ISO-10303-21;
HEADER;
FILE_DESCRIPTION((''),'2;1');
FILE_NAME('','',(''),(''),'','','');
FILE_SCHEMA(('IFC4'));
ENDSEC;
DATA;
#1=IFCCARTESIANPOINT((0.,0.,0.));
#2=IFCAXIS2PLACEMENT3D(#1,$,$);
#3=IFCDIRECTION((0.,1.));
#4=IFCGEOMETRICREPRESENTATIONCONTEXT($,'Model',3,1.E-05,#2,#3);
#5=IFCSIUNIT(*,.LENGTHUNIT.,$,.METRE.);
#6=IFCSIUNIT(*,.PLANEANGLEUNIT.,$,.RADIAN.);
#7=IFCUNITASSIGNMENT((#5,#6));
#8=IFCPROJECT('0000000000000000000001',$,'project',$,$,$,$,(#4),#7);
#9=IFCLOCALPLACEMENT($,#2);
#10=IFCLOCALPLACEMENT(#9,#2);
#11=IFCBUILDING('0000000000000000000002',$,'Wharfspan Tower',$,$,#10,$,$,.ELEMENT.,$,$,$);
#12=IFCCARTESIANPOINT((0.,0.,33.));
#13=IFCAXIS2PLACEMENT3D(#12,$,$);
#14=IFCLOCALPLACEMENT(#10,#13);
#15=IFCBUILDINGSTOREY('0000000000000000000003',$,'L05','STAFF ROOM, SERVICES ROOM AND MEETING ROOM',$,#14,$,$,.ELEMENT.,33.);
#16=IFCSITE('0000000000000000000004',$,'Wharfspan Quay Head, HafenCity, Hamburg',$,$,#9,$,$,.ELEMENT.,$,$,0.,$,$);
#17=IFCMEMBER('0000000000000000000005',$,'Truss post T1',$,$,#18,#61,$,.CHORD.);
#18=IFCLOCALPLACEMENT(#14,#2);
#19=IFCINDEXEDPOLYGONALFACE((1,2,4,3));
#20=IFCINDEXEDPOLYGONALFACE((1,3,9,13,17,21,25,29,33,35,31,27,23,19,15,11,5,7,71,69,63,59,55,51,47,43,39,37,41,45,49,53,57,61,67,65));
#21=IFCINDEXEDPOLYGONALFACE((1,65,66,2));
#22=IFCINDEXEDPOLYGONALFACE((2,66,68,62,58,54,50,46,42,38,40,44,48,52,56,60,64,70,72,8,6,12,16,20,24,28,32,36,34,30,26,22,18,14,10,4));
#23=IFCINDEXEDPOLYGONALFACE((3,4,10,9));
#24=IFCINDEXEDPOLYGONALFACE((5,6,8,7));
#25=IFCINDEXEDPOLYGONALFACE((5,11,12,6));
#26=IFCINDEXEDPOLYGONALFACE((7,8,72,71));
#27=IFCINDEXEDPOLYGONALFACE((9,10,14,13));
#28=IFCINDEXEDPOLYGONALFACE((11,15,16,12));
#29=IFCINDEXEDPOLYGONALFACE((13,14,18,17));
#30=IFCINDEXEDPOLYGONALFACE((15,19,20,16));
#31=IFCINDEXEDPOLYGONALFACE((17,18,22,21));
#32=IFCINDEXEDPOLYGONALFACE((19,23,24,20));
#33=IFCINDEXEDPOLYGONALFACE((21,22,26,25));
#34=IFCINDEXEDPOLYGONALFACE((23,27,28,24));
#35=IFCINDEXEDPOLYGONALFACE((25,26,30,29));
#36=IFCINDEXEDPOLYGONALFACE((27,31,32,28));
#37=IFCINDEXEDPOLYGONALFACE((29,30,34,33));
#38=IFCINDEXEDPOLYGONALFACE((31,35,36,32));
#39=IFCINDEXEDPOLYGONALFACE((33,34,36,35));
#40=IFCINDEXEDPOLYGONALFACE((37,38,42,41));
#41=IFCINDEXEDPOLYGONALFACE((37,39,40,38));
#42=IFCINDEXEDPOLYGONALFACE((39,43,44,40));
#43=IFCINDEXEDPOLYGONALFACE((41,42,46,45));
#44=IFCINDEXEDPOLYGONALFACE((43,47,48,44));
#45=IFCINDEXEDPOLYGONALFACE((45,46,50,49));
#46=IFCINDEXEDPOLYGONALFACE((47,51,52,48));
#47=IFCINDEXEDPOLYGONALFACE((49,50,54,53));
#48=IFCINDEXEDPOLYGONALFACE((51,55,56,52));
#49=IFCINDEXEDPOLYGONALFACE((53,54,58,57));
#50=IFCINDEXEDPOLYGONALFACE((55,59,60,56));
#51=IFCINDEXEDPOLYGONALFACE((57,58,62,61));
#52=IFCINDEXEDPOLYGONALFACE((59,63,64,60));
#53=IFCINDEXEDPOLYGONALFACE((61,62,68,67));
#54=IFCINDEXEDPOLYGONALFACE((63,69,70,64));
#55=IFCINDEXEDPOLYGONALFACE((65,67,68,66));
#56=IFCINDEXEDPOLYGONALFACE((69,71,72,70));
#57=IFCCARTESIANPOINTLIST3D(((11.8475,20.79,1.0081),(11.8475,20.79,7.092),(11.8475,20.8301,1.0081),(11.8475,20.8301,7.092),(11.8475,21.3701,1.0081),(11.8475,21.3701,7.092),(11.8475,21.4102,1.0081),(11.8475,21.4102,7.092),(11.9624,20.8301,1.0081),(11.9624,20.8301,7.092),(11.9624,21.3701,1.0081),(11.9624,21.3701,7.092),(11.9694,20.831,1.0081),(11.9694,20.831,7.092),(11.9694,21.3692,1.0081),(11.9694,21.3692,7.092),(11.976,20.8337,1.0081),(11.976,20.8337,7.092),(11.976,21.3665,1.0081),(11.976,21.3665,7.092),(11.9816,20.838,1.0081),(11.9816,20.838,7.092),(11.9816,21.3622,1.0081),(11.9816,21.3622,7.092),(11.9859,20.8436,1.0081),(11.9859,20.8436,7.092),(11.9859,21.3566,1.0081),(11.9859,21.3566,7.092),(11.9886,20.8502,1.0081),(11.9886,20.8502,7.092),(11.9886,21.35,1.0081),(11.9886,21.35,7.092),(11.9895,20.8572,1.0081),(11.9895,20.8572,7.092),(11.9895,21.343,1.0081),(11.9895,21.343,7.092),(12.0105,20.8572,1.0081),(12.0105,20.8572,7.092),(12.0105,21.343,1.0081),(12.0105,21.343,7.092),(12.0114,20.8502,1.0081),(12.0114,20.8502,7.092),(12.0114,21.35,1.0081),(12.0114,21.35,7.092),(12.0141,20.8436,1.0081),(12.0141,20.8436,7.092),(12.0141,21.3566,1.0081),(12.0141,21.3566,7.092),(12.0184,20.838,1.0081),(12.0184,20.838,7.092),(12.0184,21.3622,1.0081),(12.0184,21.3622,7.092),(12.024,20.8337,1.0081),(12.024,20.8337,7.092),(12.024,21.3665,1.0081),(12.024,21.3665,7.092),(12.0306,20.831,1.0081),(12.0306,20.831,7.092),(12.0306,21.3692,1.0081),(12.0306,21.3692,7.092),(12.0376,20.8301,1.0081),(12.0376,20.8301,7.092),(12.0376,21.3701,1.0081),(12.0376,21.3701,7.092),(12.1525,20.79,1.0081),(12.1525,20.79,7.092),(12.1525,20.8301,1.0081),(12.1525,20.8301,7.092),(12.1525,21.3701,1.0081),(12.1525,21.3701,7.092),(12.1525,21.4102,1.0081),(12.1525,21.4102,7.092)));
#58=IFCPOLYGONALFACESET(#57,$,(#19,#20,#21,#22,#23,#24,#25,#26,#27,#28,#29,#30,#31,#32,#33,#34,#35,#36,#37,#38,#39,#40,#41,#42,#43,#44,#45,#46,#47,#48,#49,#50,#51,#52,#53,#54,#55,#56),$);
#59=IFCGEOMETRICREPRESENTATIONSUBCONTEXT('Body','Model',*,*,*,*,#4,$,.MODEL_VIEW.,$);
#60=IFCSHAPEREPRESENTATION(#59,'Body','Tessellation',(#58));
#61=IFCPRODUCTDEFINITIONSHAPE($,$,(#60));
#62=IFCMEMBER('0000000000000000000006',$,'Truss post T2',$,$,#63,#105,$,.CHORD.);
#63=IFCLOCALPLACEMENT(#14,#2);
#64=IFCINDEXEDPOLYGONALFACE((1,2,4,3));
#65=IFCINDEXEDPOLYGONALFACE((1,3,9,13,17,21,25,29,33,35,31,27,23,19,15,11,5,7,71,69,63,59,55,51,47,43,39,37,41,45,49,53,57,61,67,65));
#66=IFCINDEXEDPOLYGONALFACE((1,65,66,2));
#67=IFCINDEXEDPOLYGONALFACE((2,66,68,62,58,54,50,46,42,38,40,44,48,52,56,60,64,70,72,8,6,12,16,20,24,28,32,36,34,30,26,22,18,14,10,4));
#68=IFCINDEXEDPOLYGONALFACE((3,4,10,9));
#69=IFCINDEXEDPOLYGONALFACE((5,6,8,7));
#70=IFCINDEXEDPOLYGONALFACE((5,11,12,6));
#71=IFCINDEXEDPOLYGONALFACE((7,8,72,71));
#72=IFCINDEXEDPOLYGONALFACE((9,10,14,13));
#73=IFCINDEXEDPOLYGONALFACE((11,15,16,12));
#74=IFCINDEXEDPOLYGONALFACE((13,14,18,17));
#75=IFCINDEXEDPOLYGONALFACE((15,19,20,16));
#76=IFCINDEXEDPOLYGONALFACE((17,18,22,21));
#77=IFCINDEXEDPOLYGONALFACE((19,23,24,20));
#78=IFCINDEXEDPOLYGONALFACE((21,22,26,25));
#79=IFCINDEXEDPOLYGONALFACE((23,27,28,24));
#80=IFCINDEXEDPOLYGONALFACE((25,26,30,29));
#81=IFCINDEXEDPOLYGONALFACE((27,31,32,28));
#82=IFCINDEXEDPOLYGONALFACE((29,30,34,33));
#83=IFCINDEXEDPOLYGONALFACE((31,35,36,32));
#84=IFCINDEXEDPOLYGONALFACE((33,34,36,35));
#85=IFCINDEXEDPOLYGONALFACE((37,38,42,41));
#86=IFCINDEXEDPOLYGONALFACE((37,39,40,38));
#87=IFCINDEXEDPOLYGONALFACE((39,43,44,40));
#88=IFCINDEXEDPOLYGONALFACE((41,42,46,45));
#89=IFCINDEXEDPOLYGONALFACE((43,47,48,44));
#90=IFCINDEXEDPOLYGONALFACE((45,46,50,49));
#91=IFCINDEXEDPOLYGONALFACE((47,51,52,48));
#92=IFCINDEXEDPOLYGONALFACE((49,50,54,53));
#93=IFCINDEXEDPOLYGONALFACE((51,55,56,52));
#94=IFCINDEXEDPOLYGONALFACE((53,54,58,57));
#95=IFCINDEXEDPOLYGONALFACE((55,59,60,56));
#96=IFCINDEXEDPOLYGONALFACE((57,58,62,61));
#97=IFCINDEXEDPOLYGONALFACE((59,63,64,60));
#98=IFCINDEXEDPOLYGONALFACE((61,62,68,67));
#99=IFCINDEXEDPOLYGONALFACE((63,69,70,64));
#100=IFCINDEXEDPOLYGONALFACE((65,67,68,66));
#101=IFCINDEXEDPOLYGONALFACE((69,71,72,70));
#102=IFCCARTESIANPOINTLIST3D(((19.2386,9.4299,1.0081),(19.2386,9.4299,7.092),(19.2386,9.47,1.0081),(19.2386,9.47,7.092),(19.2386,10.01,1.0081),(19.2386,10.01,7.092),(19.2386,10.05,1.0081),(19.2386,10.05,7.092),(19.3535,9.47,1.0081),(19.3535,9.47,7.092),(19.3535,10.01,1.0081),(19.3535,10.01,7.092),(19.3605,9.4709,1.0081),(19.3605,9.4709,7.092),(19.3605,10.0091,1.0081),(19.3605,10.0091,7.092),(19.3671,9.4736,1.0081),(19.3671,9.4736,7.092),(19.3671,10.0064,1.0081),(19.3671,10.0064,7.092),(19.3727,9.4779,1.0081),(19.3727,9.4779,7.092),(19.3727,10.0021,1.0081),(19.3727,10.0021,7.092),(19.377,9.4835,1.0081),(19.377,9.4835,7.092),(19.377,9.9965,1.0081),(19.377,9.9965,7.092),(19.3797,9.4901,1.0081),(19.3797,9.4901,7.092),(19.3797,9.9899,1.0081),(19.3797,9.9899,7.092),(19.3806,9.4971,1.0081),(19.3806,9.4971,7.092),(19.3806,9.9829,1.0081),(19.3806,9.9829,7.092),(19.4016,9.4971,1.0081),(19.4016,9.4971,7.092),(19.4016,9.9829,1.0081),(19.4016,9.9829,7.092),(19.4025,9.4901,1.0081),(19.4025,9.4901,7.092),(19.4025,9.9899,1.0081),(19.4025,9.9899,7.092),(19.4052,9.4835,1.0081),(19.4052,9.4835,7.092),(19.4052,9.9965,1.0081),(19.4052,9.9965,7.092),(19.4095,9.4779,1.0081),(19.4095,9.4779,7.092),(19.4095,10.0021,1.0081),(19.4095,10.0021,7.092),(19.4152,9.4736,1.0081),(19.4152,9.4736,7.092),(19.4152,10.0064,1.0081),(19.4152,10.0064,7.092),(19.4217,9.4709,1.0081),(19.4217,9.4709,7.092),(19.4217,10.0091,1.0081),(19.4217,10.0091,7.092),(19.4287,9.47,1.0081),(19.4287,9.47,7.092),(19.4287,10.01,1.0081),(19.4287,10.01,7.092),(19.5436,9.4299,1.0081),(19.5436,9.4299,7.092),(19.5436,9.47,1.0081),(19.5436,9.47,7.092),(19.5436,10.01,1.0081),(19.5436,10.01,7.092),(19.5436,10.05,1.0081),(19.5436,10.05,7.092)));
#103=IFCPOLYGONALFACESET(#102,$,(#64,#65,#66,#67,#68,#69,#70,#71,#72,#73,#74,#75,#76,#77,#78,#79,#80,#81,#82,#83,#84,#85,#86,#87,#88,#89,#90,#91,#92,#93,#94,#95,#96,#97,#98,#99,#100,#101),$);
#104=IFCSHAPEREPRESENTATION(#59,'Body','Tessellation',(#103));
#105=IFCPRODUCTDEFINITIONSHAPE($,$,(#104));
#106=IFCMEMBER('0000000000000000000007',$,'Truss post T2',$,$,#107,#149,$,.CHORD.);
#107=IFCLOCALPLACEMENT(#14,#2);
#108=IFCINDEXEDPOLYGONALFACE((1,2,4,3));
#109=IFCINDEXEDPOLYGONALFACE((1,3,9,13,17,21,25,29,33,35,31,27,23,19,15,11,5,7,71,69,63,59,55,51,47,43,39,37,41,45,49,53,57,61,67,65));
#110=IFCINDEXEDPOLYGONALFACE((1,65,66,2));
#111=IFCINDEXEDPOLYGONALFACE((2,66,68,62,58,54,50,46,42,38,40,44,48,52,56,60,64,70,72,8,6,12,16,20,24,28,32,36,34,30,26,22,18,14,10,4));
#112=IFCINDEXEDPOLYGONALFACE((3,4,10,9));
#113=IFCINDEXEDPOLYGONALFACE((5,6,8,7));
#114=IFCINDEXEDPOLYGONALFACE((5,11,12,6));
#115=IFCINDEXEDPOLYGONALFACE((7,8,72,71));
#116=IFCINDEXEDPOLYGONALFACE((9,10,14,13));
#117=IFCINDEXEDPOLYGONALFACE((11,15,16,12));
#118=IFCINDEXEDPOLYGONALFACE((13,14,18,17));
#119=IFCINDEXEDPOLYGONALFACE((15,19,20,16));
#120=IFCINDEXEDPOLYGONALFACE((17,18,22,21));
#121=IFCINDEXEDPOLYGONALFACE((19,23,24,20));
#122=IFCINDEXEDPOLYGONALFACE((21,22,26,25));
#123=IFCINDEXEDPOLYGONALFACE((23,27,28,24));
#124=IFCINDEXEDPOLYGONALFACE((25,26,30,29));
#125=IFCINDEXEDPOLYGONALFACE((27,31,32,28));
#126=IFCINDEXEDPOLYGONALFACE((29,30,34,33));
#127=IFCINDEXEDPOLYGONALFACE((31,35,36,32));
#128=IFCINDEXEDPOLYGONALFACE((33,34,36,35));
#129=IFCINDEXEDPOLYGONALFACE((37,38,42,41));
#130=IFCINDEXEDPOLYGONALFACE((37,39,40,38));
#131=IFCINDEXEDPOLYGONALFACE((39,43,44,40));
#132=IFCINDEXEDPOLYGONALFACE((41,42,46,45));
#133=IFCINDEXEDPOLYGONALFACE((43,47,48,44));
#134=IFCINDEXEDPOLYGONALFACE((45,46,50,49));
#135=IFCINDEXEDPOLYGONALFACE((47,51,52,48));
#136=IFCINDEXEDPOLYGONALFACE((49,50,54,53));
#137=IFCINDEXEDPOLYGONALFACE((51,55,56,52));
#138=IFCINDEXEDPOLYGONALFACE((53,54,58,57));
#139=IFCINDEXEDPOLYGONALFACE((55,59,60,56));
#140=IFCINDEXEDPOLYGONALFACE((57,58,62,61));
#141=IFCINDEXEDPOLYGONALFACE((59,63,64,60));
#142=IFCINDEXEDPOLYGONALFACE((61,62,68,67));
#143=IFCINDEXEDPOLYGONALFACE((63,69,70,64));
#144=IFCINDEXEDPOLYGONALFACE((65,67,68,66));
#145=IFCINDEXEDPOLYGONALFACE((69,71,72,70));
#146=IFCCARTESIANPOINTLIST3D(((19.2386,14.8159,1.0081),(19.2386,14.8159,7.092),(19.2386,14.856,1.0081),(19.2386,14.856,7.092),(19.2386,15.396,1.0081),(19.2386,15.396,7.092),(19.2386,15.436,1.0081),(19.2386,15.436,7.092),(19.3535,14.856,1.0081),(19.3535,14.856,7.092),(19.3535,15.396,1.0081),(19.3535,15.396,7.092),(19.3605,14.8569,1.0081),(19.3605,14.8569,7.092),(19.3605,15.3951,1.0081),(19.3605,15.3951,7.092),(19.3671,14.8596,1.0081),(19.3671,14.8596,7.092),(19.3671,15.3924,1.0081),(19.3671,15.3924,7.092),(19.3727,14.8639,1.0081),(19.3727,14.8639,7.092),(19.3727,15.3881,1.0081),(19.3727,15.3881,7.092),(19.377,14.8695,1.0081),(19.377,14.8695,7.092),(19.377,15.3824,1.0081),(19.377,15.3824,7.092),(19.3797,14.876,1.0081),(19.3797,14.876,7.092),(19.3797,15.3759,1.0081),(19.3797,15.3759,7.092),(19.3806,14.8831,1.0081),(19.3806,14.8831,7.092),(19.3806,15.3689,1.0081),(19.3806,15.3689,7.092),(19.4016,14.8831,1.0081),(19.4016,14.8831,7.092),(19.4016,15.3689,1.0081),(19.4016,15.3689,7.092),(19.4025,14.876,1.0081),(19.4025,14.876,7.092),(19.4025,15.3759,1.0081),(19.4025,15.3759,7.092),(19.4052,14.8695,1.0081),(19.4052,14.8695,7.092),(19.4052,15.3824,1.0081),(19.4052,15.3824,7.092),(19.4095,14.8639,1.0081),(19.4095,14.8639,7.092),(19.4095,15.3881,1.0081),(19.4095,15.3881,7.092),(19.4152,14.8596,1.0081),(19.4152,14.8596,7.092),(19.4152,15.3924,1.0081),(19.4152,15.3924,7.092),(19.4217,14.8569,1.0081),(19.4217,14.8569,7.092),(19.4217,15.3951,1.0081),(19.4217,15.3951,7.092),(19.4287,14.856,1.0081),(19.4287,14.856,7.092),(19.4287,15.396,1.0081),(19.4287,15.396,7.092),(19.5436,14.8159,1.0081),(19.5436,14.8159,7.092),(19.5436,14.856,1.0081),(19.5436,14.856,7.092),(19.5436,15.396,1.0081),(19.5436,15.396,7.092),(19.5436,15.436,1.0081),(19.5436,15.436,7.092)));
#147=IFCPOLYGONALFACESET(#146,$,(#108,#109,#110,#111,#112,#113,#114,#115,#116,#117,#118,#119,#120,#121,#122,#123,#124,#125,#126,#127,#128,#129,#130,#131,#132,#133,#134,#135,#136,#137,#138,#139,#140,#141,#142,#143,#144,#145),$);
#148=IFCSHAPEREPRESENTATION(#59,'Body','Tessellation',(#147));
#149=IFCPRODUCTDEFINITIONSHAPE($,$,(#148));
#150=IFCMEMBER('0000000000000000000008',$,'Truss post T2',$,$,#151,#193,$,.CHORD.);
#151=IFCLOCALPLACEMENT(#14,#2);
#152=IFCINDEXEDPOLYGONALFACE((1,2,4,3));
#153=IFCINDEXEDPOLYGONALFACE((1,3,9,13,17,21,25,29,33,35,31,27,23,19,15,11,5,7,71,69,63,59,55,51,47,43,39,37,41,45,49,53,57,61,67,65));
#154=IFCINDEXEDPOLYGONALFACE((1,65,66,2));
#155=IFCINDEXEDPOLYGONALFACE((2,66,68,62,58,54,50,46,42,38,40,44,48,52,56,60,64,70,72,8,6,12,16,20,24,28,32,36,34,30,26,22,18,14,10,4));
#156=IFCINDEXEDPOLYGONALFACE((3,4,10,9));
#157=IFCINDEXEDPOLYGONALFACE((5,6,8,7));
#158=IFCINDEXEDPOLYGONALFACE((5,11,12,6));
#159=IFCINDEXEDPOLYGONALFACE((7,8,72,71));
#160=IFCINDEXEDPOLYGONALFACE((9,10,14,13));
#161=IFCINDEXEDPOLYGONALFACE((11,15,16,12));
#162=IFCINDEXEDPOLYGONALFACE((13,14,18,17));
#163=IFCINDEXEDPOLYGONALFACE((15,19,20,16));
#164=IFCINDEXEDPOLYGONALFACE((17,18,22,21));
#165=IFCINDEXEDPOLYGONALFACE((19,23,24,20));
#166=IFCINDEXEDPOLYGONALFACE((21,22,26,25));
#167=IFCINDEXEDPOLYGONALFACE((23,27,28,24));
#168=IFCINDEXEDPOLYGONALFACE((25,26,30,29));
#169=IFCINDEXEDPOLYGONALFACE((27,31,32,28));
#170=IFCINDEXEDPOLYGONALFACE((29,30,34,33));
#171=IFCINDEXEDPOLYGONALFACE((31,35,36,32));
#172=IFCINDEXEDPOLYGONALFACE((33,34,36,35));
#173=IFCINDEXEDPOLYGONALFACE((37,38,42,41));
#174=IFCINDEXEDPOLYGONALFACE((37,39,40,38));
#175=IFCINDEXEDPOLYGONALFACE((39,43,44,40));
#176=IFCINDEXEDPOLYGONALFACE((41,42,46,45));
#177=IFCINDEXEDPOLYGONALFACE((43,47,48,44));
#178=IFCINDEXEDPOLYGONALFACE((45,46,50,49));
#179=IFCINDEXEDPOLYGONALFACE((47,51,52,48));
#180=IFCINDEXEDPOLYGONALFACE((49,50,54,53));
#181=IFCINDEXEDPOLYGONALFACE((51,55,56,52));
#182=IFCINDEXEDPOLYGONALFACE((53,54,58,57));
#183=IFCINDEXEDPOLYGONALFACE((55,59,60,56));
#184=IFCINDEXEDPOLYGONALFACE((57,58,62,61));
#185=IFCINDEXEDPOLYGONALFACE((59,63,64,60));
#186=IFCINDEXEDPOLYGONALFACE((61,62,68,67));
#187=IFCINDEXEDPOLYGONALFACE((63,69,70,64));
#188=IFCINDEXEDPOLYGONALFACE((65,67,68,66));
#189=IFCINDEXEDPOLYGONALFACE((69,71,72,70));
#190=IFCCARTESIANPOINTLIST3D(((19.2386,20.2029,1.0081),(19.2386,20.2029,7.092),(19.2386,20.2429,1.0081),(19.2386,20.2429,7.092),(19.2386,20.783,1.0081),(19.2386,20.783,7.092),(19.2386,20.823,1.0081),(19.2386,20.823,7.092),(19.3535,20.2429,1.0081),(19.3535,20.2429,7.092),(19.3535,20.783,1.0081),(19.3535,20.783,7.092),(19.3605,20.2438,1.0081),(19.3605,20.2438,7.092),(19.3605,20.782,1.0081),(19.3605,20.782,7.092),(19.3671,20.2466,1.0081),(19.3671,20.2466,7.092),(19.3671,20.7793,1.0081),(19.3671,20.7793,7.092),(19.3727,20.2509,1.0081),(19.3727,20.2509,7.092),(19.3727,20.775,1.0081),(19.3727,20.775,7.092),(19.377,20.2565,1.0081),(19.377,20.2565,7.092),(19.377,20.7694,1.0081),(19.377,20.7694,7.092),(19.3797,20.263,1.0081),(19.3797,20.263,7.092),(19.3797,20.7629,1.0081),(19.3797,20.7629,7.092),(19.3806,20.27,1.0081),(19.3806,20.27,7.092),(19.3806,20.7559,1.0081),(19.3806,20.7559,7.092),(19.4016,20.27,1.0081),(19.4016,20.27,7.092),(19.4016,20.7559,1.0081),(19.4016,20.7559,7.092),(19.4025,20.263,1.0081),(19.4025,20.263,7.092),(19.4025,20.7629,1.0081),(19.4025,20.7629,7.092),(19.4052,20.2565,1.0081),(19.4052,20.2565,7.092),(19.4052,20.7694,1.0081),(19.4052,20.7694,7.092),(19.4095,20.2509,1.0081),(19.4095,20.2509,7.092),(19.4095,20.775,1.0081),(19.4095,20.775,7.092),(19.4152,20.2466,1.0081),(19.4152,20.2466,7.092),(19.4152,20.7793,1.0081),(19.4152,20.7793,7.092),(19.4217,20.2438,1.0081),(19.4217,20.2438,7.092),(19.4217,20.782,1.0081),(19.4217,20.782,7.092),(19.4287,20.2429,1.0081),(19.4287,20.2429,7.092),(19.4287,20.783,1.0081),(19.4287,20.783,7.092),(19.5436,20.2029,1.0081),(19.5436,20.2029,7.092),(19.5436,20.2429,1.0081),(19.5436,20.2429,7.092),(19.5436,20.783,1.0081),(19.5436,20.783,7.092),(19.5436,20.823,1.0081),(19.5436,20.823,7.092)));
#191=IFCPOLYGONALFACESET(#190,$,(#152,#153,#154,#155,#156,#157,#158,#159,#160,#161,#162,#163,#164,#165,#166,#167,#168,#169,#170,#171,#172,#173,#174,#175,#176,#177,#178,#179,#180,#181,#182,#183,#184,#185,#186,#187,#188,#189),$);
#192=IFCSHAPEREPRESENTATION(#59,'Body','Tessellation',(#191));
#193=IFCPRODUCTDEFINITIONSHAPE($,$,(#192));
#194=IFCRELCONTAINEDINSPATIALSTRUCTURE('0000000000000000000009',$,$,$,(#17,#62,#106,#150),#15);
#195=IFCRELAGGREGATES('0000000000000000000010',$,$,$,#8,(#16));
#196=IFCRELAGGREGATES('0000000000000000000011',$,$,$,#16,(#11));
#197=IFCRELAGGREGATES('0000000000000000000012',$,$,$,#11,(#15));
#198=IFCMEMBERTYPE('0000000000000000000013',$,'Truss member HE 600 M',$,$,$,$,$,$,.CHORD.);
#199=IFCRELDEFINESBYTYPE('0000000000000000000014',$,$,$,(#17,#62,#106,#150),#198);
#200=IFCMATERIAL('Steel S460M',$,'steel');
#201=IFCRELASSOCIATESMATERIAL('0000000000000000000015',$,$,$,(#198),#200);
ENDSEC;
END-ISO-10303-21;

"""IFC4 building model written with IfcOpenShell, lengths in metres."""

from ifc_helpers import new_model, si_unit, direction, frame, origin, origin_2d, place, context, subcontext, project, spatial, i_section, extrude, material, material_profile, profile_set, type_object, element, save


model = new_model("IFC4")

# Units and contexts
model_context = context("Model", 3, precision=1e-05, world=origin(), true_north=direction((0.0, 1.0)))
body_context = subcontext(model_context, "Body", "Model", "MODEL_VIEW")
ifc_project = project(units=[si_unit("LENGTHUNIT", "METRE"), si_unit("PLANEANGLEUNIT", "RADIAN")], contexts=[model_context])

# Site, building, storey
site_placement = place(None, origin())
site = spatial("IfcSite", under=ifc_project, at=site_placement, Name="Wharfspan Quay Head, HafenCity, Hamburg", CompositionType="ELEMENT", RefElevation=0.0)
building_placement = place(site_placement, origin())
building = spatial("IfcBuilding", under=site, at=building_placement, Name="Wharfspan Tower", CompositionType="ELEMENT")
storey_placement = place(building_placement, frame((0.0, 0.0, 33.0)))
storey = spatial("IfcBuildingStorey", under=building, at=storey_placement, Name="L05", Description="STAFF ROOM, SERVICES ROOM AND MEETING ROOM", CompositionType="ELEMENT", Elevation=33.0)

# Members
ifc_material_1 = material(Name="Steel S460M", Category="steel")
ifc_material_profile_1 = material_profile(ifc_material_1, i_section(OverallWidth=0.3049, OverallDepth=0.6201, WebThickness=0.021, FlangeThickness=0.04, FilletRadius=0.0271, at=origin_2d()))
ifc_profile_set_1 = profile_set([ifc_material_profile_1], Name="Steel S460M")
member_type_1 = type_object("IfcMemberType", Name="Truss member HE 600 M", PredefinedType="CHORD", material=ifc_profile_set_1)
for number, where, z_axis, x_axis, name in (
    (1, (12.0, 21.1001, 1.0081), (0.0, 0.0, 1.0), (1.0, 0.0, 0.0), "Truss post T1"),
    (2, (19.3911, 9.74, 1.0081), (0.0, 0.0, 1.0), (1.0, 0.0, 0.0), "Truss post T2"),
    (3, (19.3911, 15.126, 1.0081), (0.0, 0.0, 1.0), (1.0, 0.0, 0.0), "Truss post T2"),
    (4, (19.3911, 20.5129, 1.0081), (0.0, 0.0, 1.0), (1.0, 0.0, 0.0), "Truss post T2"),
):
    element("IfcMember", number, at=place(storey_placement, frame(where, z_axis=z_axis, x_axis=x_axis)), inside=storey, type_object=member_type_1, Name=name, PredefinedType="CHORD", context=body_context, shape_type="SweptSolid", body=[
        extrude(i_section(OverallWidth=0.3049, OverallDepth=0.6201, WebThickness=0.021, FlangeThickness=0.04, FilletRadius=0.0271, at=origin_2d()), origin(), (0.0, 0.0, 1.0), 6.084),
    ])

save(model, "model.ifc")
